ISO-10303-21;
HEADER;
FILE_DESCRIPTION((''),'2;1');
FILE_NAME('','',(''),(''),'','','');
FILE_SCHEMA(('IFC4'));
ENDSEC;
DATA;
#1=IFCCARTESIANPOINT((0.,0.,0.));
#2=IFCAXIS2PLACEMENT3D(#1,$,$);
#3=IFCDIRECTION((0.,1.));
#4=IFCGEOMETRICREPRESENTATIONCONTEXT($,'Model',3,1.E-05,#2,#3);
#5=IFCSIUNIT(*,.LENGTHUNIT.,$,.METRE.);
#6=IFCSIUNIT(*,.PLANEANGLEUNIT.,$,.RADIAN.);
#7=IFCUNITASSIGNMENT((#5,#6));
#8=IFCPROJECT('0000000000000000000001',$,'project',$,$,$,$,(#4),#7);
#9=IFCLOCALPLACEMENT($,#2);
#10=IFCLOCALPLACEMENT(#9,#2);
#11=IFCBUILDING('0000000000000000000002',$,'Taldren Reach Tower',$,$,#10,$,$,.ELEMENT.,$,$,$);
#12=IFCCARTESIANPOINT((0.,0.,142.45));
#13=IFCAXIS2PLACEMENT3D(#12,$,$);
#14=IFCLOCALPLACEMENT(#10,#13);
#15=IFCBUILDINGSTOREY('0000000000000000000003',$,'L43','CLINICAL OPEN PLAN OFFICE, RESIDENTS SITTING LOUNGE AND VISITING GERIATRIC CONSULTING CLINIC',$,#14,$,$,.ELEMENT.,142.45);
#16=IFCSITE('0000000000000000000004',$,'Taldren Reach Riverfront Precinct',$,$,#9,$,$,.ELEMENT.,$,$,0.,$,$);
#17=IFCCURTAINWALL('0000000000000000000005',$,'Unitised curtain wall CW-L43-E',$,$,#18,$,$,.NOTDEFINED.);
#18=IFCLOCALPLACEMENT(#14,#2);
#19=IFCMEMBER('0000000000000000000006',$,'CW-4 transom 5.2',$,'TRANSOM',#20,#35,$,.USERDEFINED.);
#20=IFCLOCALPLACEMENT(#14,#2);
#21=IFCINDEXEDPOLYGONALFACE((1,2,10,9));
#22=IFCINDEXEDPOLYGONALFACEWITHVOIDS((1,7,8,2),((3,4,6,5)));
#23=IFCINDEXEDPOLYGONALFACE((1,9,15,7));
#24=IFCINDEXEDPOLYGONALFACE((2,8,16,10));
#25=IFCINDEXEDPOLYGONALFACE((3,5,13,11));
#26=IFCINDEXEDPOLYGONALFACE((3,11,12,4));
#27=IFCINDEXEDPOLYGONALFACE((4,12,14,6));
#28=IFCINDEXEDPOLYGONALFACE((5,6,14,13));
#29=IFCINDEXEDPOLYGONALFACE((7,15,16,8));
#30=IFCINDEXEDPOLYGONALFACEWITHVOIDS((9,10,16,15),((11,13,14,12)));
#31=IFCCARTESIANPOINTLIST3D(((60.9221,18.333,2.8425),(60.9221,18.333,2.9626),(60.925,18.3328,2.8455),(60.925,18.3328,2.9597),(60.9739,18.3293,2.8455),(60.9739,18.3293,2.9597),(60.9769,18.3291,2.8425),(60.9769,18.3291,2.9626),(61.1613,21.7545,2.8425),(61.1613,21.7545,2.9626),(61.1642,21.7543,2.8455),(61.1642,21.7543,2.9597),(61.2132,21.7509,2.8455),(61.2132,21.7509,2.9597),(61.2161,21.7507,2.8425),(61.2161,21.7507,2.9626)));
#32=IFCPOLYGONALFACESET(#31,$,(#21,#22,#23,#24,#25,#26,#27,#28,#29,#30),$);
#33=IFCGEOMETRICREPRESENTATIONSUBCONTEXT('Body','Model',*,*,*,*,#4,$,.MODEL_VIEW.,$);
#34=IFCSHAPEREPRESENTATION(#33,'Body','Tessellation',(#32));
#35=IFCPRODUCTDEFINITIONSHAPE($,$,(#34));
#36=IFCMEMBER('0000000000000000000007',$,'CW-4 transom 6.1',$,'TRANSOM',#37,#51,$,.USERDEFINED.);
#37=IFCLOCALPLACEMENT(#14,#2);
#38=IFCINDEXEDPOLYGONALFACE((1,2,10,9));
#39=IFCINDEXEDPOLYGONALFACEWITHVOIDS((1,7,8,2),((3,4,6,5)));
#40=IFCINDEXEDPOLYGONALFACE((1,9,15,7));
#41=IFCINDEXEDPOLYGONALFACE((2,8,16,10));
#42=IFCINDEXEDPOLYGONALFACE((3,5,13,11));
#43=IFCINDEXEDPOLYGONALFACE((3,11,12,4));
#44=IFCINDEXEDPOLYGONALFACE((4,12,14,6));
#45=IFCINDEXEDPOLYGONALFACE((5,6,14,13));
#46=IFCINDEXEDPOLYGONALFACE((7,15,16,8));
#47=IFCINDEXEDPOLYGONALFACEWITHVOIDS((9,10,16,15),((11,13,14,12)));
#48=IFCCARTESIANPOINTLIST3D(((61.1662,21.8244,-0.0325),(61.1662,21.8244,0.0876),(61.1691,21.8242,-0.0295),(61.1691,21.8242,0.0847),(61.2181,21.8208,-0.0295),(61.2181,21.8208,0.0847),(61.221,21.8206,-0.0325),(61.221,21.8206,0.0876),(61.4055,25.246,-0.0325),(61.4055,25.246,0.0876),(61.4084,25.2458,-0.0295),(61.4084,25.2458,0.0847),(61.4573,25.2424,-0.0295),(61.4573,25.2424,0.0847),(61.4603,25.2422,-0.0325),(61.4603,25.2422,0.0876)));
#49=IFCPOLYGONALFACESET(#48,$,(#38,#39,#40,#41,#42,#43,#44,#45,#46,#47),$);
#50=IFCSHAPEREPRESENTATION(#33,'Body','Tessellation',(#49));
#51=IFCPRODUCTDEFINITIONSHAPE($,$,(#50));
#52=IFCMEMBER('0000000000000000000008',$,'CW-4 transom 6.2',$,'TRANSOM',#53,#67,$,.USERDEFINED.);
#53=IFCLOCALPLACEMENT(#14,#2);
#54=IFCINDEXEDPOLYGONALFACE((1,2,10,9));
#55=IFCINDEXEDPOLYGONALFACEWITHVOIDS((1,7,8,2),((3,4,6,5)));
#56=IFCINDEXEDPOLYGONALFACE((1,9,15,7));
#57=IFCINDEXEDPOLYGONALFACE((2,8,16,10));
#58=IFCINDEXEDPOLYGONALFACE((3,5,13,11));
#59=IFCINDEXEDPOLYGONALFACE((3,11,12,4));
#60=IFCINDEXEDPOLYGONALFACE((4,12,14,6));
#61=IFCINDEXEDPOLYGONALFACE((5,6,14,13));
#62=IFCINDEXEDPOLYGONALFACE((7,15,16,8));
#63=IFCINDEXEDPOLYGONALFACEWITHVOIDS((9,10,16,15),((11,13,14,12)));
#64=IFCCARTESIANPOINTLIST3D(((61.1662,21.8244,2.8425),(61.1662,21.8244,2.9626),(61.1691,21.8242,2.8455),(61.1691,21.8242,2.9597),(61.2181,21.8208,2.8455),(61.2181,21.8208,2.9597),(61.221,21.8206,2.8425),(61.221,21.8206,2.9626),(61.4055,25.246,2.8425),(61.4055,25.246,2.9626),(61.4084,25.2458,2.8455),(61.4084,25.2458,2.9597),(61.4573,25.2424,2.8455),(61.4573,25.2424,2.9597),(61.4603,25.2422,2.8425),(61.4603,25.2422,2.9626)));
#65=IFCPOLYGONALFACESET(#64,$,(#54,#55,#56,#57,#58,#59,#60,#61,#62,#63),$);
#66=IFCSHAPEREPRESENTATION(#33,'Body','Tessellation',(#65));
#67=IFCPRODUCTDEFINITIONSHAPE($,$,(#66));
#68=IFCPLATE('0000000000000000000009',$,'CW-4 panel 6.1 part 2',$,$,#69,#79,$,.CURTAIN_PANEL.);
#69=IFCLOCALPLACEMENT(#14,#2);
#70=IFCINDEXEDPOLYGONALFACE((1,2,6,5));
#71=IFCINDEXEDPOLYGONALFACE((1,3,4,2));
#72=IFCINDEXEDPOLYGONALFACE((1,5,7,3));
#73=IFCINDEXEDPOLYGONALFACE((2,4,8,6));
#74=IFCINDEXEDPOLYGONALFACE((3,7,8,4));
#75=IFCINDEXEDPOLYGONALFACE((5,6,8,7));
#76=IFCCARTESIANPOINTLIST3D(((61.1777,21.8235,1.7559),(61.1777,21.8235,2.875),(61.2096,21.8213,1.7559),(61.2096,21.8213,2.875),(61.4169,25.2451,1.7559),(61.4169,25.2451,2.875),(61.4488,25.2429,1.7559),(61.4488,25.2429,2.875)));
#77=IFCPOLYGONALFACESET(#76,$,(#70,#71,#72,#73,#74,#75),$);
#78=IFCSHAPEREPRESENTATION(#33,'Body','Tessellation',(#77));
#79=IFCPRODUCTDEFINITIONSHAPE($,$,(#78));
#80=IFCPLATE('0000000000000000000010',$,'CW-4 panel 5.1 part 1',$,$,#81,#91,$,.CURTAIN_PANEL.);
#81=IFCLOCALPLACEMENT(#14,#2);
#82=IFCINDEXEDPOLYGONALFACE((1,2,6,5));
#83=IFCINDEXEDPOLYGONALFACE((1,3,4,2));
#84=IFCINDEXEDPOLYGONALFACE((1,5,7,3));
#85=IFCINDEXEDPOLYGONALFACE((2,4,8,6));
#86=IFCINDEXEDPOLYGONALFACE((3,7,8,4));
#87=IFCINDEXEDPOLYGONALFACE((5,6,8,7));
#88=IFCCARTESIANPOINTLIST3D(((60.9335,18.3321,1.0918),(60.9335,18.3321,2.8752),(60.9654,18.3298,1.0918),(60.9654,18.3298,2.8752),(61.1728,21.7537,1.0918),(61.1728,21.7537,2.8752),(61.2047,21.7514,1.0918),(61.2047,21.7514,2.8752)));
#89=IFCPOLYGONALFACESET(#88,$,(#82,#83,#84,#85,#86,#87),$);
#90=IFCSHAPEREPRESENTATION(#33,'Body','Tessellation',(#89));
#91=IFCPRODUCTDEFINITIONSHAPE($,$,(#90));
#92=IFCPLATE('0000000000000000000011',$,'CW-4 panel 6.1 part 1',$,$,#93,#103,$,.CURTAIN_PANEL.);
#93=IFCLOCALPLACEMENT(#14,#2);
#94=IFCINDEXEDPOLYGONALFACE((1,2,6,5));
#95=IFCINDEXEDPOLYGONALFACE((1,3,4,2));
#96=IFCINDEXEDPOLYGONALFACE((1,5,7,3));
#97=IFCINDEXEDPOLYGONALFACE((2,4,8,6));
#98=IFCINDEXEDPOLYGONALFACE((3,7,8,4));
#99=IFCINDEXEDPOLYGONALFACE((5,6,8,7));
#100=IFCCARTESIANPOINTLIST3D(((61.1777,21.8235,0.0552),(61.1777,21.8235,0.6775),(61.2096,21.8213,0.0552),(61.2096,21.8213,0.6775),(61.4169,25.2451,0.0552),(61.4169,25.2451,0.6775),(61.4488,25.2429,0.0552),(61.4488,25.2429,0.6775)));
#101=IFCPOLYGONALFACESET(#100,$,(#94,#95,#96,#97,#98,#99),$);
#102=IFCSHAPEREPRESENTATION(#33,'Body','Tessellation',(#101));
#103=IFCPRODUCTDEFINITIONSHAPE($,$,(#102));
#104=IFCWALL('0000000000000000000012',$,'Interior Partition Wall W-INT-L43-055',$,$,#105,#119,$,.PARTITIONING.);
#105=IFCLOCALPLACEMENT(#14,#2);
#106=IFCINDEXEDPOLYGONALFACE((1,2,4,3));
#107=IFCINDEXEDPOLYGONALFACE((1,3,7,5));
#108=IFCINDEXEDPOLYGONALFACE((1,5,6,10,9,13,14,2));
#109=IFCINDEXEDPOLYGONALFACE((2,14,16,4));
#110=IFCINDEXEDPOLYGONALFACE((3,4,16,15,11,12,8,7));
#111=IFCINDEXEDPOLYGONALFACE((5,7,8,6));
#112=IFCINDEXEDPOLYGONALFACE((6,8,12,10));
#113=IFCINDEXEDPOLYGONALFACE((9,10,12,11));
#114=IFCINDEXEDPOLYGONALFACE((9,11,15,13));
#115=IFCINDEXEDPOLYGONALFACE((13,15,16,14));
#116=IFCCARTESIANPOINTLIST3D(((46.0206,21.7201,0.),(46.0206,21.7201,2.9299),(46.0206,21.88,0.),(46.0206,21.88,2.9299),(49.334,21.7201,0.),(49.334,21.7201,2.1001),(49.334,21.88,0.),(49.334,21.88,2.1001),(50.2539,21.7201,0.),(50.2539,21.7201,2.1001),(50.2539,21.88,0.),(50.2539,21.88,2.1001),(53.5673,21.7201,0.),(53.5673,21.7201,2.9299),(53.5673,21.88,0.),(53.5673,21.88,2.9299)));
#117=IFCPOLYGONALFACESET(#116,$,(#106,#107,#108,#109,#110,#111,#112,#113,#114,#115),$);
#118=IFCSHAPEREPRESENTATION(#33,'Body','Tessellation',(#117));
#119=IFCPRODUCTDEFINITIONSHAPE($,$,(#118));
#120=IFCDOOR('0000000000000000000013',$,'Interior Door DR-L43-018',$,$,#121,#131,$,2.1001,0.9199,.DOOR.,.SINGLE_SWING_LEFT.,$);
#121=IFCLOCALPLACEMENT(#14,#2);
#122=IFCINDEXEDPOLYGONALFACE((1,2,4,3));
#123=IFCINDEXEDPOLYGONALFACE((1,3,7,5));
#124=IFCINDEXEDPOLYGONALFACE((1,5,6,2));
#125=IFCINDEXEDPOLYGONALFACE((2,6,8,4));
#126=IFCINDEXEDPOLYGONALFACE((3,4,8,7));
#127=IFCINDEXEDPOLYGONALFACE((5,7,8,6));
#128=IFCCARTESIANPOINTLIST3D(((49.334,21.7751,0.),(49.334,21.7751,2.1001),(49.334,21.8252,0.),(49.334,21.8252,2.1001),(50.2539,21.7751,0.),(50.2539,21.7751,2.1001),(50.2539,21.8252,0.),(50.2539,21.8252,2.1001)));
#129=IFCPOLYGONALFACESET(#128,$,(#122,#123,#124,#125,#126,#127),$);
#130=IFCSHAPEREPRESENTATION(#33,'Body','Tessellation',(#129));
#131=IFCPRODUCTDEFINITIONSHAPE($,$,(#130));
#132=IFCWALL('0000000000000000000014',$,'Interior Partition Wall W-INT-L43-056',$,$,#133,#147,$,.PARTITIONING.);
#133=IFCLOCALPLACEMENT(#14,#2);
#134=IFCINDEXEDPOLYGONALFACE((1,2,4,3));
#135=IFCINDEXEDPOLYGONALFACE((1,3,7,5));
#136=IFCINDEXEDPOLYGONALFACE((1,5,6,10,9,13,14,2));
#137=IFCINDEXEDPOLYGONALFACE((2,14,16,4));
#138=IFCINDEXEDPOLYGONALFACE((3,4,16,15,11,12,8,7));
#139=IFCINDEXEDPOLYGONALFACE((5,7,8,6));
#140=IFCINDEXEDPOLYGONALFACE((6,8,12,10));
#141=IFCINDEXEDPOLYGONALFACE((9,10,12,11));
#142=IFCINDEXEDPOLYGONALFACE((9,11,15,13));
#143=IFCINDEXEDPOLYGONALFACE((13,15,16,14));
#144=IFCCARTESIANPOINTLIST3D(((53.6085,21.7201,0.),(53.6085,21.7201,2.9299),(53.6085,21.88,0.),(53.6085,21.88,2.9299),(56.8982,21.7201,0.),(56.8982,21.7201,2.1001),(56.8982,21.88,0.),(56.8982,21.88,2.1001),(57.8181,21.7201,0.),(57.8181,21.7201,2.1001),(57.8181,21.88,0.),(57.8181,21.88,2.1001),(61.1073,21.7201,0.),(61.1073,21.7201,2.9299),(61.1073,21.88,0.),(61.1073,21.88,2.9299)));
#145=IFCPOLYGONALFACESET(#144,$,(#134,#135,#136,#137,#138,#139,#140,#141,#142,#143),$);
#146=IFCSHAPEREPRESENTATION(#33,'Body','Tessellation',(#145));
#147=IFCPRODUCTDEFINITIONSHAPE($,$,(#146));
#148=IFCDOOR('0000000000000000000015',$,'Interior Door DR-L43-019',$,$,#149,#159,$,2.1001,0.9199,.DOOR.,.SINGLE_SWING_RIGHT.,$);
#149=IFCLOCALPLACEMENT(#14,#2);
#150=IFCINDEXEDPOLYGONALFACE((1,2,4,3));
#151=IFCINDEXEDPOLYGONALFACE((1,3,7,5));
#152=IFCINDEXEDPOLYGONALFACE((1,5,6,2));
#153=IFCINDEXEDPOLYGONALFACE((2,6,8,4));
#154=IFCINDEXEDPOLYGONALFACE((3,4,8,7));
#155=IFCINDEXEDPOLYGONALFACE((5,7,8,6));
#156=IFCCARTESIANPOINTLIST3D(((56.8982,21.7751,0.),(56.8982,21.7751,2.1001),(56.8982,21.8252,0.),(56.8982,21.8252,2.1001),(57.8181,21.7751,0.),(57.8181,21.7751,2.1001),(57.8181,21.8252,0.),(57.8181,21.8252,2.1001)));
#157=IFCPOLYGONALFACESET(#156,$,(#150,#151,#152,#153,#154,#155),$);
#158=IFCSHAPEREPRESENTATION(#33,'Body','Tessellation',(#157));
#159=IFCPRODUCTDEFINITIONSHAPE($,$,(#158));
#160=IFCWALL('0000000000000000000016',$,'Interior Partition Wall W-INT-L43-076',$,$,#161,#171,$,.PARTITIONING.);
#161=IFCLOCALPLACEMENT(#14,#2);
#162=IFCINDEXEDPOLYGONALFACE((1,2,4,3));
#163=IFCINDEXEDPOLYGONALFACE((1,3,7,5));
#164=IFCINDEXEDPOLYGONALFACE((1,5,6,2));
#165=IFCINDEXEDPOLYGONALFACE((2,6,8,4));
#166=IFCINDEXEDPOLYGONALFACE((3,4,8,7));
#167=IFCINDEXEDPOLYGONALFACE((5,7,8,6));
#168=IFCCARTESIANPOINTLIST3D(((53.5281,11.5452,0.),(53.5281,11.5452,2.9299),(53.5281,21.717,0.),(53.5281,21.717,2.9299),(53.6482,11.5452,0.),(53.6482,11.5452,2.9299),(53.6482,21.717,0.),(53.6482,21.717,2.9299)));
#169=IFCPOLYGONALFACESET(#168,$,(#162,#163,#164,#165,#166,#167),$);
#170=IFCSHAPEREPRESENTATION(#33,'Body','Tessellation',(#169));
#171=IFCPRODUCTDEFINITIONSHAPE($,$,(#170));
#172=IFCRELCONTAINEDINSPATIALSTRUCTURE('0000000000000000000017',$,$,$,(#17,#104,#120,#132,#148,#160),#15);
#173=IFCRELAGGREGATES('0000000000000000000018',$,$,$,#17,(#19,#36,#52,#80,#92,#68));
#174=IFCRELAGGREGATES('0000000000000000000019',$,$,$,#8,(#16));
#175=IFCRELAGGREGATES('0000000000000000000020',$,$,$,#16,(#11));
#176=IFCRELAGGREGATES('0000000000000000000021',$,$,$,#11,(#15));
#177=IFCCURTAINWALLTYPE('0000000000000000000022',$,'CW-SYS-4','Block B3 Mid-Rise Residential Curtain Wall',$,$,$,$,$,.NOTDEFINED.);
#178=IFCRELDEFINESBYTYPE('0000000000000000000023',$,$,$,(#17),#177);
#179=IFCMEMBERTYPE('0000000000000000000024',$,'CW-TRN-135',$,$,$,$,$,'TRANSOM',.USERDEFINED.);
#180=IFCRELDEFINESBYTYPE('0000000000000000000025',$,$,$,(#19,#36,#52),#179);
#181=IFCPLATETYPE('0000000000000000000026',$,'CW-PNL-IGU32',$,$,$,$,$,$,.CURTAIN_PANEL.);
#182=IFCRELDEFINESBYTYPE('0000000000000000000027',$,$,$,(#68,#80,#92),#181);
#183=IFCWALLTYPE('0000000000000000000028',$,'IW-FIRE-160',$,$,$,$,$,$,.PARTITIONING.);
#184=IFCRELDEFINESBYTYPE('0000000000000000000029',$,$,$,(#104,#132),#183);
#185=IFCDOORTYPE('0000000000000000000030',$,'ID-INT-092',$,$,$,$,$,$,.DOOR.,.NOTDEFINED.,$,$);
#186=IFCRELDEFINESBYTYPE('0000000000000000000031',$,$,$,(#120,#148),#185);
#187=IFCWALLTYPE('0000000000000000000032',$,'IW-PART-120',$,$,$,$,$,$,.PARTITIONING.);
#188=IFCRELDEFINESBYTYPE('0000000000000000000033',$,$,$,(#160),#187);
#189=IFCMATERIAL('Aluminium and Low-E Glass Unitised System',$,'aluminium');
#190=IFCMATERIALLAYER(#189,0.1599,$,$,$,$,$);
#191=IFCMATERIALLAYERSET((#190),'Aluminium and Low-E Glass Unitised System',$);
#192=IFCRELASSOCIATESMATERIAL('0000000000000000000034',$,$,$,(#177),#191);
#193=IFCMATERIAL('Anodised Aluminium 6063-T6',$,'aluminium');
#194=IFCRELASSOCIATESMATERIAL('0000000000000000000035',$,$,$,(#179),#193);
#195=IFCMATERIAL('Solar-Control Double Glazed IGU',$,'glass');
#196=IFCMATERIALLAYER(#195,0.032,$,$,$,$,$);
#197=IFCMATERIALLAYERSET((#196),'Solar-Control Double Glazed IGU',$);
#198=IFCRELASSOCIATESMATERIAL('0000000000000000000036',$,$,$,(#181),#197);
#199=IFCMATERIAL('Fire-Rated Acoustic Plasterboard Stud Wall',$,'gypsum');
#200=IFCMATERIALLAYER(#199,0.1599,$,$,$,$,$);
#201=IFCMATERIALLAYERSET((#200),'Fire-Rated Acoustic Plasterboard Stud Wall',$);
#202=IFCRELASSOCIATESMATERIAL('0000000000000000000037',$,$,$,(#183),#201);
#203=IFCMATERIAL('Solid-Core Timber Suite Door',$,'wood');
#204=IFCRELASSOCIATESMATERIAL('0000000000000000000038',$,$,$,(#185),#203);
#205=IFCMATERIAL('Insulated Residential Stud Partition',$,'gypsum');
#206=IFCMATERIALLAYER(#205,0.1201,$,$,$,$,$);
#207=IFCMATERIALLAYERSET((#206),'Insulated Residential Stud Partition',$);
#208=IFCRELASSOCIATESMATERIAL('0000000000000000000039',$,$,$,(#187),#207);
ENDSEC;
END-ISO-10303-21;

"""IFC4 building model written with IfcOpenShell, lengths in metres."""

from ifc_helpers import new_model, si_unit, direction, frame, frame_2d, origin, origin_2d, place, context, subcontext, project, spatial, rectangle, hollow_rectangle, extrude, source, transform, mapped, material, layer, layer_set, material_profile, profile_set, type_object, element, fill, aggregate, save


model = new_model("IFC4")

# Units and contexts
model_context = context("Model", 3, precision=1e-05, world=origin(), true_north=direction((0.0, 1.0)))
body_context = subcontext(model_context, "Body", "Model", "MODEL_VIEW")
ifc_project = project(units=[si_unit("LENGTHUNIT", "METRE"), si_unit("PLANEANGLEUNIT", "RADIAN")], contexts=[model_context])

# Site, building, storey
site_placement = place(None, origin())
site = spatial("IfcSite", under=ifc_project, at=site_placement, Name="Taldren Reach Riverfront Precinct", CompositionType="ELEMENT", RefElevation=0.0)
building_placement = place(site_placement, origin())
building = spatial("IfcBuilding", under=site, at=building_placement, Name="Taldren Reach Tower", CompositionType="ELEMENT")
storey_placement = place(building_placement, frame((0.0, 0.0, 142.45)))
storey = spatial("IfcBuildingStorey", under=building, at=storey_placement, Name="L43", Description="CLINICAL OPEN PLAN OFFICE, RESIDENTS SITTING LOUNGE AND VISITING GERIATRIC CONSULTING CLINIC", CompositionType="ELEMENT", Elevation=142.45)

# Curtain wall, members, plates
ifc_material_1 = material(Name="Aluminium and Low-E Glass Unitised System", Category="aluminium")
ifc_layer_1 = layer(ifc_material_1, 0.1599)
ifc_layer_set_1 = layer_set([ifc_layer_1], Name="Aluminium and Low-E Glass Unitised System")
curtain_wall_type = type_object("IfcCurtainWallType", Name="CW-SYS-4", Description="Block B3 Mid-Rise Residential Curtain Wall", PredefinedType="NOTDEFINED", material=ifc_layer_set_1)
curtain_wall_placement = place(storey_placement, origin())
curtain_wall = element("IfcCurtainWall", 1, at=curtain_wall_placement, inside=storey, type_object=curtain_wall_type, Name="Unitised curtain wall CW-L43-E", PredefinedType="NOTDEFINED")
ifc_material_2 = material(Name="Anodised Aluminium 6063-T6", Category="aluminium")
ifc_material_profile_1 = material_profile(ifc_material_2, hollow_rectangle(XDim=0.0549, YDim=0.1201, WallThickness=0.0029, at=origin_2d()), Name="ALU-120x55x3RHS")
ifc_profile_set_1 = profile_set([ifc_material_profile_1], Name="Anodised Aluminium 6063-T6")
member_type_1 = type_object("IfcMemberType", Name="CW-TRN-135", ElementType="TRANSOM", PredefinedType="USERDEFINED", material=ifc_profile_set_1)
shared_shape_1 = source(origin(), body_context, "Body", "SweptSolid", [
    extrude(hollow_rectangle(XDim=0.0549, YDim=0.1201, WallThickness=0.0029, at=origin_2d()), origin(), (0.0, 0.0, 1.0), 3.4299),
])
member_1_placement = place(storey_placement, frame((60.9495, 18.3311, 2.9026), z_axis=(0.069755, 0.997564, 0.0), x_axis=(-0.997564, 0.069755, 0.0)))
member_1 = element("IfcMember", 2, at=member_1_placement, type_object=member_type_1, Name="CW-4 transom 5.2", ObjectType="TRANSOM", PredefinedType="USERDEFINED", context=body_context, shape_type="MappedRepresentation", body=[
    mapped(shared_shape_1, transform((0.0, 0.0, 0.0), scale=1.0)),
])
member_2_placement = place(storey_placement, frame((61.1936, 21.8225, 0.0276), z_axis=(0.069755, 0.997564, 0.0), x_axis=(-0.997564, 0.069755, 0.0)))
member_2 = element("IfcMember", 3, at=member_2_placement, type_object=member_type_1, Name="CW-4 transom 6.1", ObjectType="TRANSOM", PredefinedType="USERDEFINED", context=body_context, shape_type="MappedRepresentation", body=[
    mapped(shared_shape_1, transform((0.0, 0.0, 0.0), scale=1.0)),
])
member_3_placement = place(storey_placement, frame((61.1936, 21.8225, 2.9026), z_axis=(0.069755, 0.997564, 0.0), x_axis=(-0.997564, 0.069755, 0.0)))
member_3 = element("IfcMember", 4, at=member_3_placement, type_object=member_type_1, Name="CW-4 transom 6.2", ObjectType="TRANSOM", PredefinedType="USERDEFINED", context=body_context, shape_type="MappedRepresentation", body=[
    mapped(shared_shape_1, transform((0.0, 0.0, 0.0), scale=1.0)),
])
ifc_material_3 = material(Name="Solar-Control Double Glazed IGU", Category="glass")
ifc_layer_2 = layer(ifc_material_3, 0.032)
ifc_layer_set_2 = layer_set([ifc_layer_2], Name="Solar-Control Double Glazed IGU")
plate_type = type_object("IfcPlateType", Name="CW-PNL-IGU32", PredefinedType="CURTAIN_PANEL", material=ifc_layer_set_2)
shared_shape_2 = source(origin(), body_context, "Body", "SweptSolid", [
    extrude(rectangle(XDim=3.4299, YDim=0.032, at=origin_2d()), origin(), (0.0, 0.0, 1.0), 1.1191),
])
plate_1_placement = place(storey_placement, frame((61.3132, 23.5332, 1.7559), z_axis=(0.0, 0.0, 1.0), x_axis=(0.069756, 0.997564, 0.0)))
plate_1 = element("IfcPlate", 5, at=plate_1_placement, type_object=plate_type, Name="CW-4 panel 6.1 part 2", PredefinedType="CURTAIN_PANEL", context=body_context, shape_type="MappedRepresentation", body=[
    mapped(shared_shape_2, transform((0.0, 0.0, 0.0), scale=1.0)),
])
shared_shape_3 = source(origin(), body_context, "Body", "SweptSolid", [
    extrude(rectangle(XDim=3.4299, YDim=0.032, at=origin_2d()), origin(), (0.0, 0.0, 1.0), 1.7834),
])
plate_2_placement = place(storey_placement, frame((61.0691, 20.0417, 1.0918), z_axis=(0.0, 0.0, 1.0), x_axis=(0.069756, 0.997564, 0.0)))
plate_2 = element("IfcPlate", 6, at=plate_2_placement, type_object=plate_type, Name="CW-4 panel 5.1 part 1", PredefinedType="CURTAIN_PANEL", context=body_context, shape_type="MappedRepresentation", body=[
    mapped(shared_shape_3, transform((0.0, 0.0, 0.0), scale=1.0)),
])
shared_shape_4 = source(origin(), body_context, "Body", "SweptSolid", [
    extrude(rectangle(XDim=3.4299, YDim=0.032, at=origin_2d()), origin(), (0.0, 0.0, 1.0), 0.6223),
])
plate_3_placement = place(storey_placement, frame((61.3132, 23.5332, 0.0552), z_axis=(0.0, 0.0, 1.0), x_axis=(0.069756, 0.997564, 0.0)))
plate_3 = element("IfcPlate", 7, at=plate_3_placement, type_object=plate_type, Name="CW-4 panel 6.1 part 1", PredefinedType="CURTAIN_PANEL", context=body_context, shape_type="MappedRepresentation", body=[
    mapped(shared_shape_4, transform((0.0, 0.0, 0.0), scale=1.0)),
])
aggregate(curtain_wall, [member_1, member_2, member_3, plate_2, plate_3, plate_1])

# Walls, openings, doors
ifc_material_4 = material(Name="Fire-Rated Acoustic Plasterboard Stud Wall", Category="gypsum")
ifc_layer_3 = layer(ifc_material_4, 0.1599)
ifc_layer_set_3 = layer_set([ifc_layer_3], Name="Fire-Rated Acoustic Plasterboard Stud Wall")
wall_type_1 = type_object("IfcWallType", Name="IW-FIRE-160", PredefinedType="PARTITIONING", material=ifc_layer_set_3)
shared_shape_5 = source(origin(), body_context, "Body", "SweptSolid", [
    extrude(rectangle(XDim=7.5466, YDim=0.1599, at=frame_2d((3.7734, 0.0))), origin(), (0.0, 0.0, 1.0), 2.9299),
])
wall_1_placement = place(storey_placement, frame((53.5674, 21.8, 0.0), z_axis=(0.0, 0.0, 1.0), x_axis=(-1.0, 0.0, 0.0)))
wall_1 = element("IfcWall", 8, at=wall_1_placement, inside=storey, type_object=wall_type_1, Name="Interior Partition Wall W-INT-L43-055", PredefinedType="PARTITIONING", context=body_context, shape_type="MappedRepresentation", body=[
    mapped(shared_shape_5, transform((0.0, 0.0, 0.0), scale=1.0)),
])
shared_shape_6 = source(origin(), body_context, "Body", "SweptSolid", [
    extrude(rectangle(XDim=0.9199, YDim=2.1001, at=frame_2d((0.46, 1.05))), frame((0.0, 0.0898, 0.0), z_axis=(0.0, -1.0, 0.0), x_axis=(1.0, 0.0, 0.0)), (0.0, 0.0, 1.0), 0.1799),
])
opening_1_placement = place(wall_1_placement, frame((3.3135, 0.0, 0.0)))
opening_1 = element("IfcOpeningElement", 9, at=opening_1_placement, cuts=wall_1, PredefinedType="OPENING", context=body_context, shape_type="MappedRepresentation", body=[
    mapped(shared_shape_6, transform((0.0, 0.0, 0.0), scale=1.0)),
])
ifc_material_5 = material(Name="Solid-Core Timber Suite Door", Category="wood")
door_type = type_object("IfcDoorType", Name="ID-INT-092", OperationType="NOTDEFINED", PredefinedType="DOOR", material=ifc_material_5)
shared_shape_7 = source(origin(), body_context, "Body", "SweptSolid", [
    extrude(rectangle(XDim=0.9199, YDim=2.1001, at=frame_2d((0.46, 1.05))), frame((0.0, 0.0249, 0.0), z_axis=(0.0, -1.0, 0.0), x_axis=(1.0, 0.0, 0.0)), (0.0, 0.0, 1.0), 0.05),
])
door_1_placement = place(opening_1_placement, origin())
door_1 = element("IfcDoor", 10, at=door_1_placement, inside=storey, type_object=door_type, Name="Interior Door DR-L43-018", OperationType="SINGLE_SWING_LEFT", OverallHeight=2.1001, OverallWidth=0.9199, PredefinedType="DOOR", context=body_context, shape_type="MappedRepresentation", body=[
    mapped(shared_shape_7, transform((0.0, 0.0, 0.0), scale=1.0)),
])
fill(opening_1, door_1)
shared_shape_8 = source(origin(), body_context, "Body", "SweptSolid", [
    extrude(rectangle(XDim=7.4988, YDim=0.1599, at=frame_2d((3.7495, 0.0))), origin(), (0.0, 0.0, 1.0), 2.9299),
])
wall_2_placement = place(storey_placement, frame((61.1074, 21.8, 0.0), z_axis=(0.0, 0.0, 1.0), x_axis=(-1.0, 0.0, 0.0)))
wall_2 = element("IfcWall", 11, at=wall_2_placement, inside=storey, type_object=wall_type_1, Name="Interior Partition Wall W-INT-L43-056", PredefinedType="PARTITIONING", context=body_context, shape_type="MappedRepresentation", body=[
    mapped(shared_shape_8, transform((0.0, 0.0, 0.0), scale=1.0)),
])
opening_2_placement = place(wall_2_placement, frame((3.2893, 0.0, 0.0)))
opening_2 = element("IfcOpeningElement", 12, at=opening_2_placement, cuts=wall_2, PredefinedType="OPENING", context=body_context, shape_type="MappedRepresentation", body=[
    mapped(shared_shape_6, transform((0.0, 0.0, 0.0), scale=1.0)),
])
door_2_placement = place(opening_2_placement, origin())
door_2 = element("IfcDoor", 13, at=door_2_placement, inside=storey, type_object=door_type, Name="Interior Door DR-L43-019", OperationType="SINGLE_SWING_RIGHT", OverallHeight=2.1001, OverallWidth=0.9199, PredefinedType="DOOR", context=body_context, shape_type="MappedRepresentation", body=[
    mapped(shared_shape_7, transform((0.0, 0.0, 0.0), scale=1.0)),
])
fill(opening_2, door_2)

# Wall
ifc_material_6 = material(Name="Insulated Residential Stud Partition", Category="gypsum")
ifc_layer_4 = layer(ifc_material_6, 0.1201)
ifc_layer_set_4 = layer_set([ifc_layer_4], Name="Insulated Residential Stud Partition")
wall_type_2 = type_object("IfcWallType", Name="IW-PART-120", PredefinedType="PARTITIONING", material=ifc_layer_set_4)
shared_shape_9 = source(origin(), body_context, "Body", "SweptSolid", [
    extrude(rectangle(XDim=10.1719, YDim=0.1201, at=frame_2d((5.0859, 0.0))), origin(), (0.0, 0.0, 1.0), 2.9299),
])
wall_3_placement = place(storey_placement, frame((53.5881, 21.717, 0.0), z_axis=(0.0, 0.0, 1.0), x_axis=(0.0, -1.0, 0.0)))
element("IfcWall", 14, at=wall_3_placement, inside=storey, type_object=wall_type_2, Name="Interior Partition Wall W-INT-L43-076", PredefinedType="PARTITIONING", context=body_context, shape_type="MappedRepresentation", body=[
    mapped(shared_shape_9, transform((0.0, 0.0, 0.0), scale=1.0)),
])

save(model, "model.ifc")
